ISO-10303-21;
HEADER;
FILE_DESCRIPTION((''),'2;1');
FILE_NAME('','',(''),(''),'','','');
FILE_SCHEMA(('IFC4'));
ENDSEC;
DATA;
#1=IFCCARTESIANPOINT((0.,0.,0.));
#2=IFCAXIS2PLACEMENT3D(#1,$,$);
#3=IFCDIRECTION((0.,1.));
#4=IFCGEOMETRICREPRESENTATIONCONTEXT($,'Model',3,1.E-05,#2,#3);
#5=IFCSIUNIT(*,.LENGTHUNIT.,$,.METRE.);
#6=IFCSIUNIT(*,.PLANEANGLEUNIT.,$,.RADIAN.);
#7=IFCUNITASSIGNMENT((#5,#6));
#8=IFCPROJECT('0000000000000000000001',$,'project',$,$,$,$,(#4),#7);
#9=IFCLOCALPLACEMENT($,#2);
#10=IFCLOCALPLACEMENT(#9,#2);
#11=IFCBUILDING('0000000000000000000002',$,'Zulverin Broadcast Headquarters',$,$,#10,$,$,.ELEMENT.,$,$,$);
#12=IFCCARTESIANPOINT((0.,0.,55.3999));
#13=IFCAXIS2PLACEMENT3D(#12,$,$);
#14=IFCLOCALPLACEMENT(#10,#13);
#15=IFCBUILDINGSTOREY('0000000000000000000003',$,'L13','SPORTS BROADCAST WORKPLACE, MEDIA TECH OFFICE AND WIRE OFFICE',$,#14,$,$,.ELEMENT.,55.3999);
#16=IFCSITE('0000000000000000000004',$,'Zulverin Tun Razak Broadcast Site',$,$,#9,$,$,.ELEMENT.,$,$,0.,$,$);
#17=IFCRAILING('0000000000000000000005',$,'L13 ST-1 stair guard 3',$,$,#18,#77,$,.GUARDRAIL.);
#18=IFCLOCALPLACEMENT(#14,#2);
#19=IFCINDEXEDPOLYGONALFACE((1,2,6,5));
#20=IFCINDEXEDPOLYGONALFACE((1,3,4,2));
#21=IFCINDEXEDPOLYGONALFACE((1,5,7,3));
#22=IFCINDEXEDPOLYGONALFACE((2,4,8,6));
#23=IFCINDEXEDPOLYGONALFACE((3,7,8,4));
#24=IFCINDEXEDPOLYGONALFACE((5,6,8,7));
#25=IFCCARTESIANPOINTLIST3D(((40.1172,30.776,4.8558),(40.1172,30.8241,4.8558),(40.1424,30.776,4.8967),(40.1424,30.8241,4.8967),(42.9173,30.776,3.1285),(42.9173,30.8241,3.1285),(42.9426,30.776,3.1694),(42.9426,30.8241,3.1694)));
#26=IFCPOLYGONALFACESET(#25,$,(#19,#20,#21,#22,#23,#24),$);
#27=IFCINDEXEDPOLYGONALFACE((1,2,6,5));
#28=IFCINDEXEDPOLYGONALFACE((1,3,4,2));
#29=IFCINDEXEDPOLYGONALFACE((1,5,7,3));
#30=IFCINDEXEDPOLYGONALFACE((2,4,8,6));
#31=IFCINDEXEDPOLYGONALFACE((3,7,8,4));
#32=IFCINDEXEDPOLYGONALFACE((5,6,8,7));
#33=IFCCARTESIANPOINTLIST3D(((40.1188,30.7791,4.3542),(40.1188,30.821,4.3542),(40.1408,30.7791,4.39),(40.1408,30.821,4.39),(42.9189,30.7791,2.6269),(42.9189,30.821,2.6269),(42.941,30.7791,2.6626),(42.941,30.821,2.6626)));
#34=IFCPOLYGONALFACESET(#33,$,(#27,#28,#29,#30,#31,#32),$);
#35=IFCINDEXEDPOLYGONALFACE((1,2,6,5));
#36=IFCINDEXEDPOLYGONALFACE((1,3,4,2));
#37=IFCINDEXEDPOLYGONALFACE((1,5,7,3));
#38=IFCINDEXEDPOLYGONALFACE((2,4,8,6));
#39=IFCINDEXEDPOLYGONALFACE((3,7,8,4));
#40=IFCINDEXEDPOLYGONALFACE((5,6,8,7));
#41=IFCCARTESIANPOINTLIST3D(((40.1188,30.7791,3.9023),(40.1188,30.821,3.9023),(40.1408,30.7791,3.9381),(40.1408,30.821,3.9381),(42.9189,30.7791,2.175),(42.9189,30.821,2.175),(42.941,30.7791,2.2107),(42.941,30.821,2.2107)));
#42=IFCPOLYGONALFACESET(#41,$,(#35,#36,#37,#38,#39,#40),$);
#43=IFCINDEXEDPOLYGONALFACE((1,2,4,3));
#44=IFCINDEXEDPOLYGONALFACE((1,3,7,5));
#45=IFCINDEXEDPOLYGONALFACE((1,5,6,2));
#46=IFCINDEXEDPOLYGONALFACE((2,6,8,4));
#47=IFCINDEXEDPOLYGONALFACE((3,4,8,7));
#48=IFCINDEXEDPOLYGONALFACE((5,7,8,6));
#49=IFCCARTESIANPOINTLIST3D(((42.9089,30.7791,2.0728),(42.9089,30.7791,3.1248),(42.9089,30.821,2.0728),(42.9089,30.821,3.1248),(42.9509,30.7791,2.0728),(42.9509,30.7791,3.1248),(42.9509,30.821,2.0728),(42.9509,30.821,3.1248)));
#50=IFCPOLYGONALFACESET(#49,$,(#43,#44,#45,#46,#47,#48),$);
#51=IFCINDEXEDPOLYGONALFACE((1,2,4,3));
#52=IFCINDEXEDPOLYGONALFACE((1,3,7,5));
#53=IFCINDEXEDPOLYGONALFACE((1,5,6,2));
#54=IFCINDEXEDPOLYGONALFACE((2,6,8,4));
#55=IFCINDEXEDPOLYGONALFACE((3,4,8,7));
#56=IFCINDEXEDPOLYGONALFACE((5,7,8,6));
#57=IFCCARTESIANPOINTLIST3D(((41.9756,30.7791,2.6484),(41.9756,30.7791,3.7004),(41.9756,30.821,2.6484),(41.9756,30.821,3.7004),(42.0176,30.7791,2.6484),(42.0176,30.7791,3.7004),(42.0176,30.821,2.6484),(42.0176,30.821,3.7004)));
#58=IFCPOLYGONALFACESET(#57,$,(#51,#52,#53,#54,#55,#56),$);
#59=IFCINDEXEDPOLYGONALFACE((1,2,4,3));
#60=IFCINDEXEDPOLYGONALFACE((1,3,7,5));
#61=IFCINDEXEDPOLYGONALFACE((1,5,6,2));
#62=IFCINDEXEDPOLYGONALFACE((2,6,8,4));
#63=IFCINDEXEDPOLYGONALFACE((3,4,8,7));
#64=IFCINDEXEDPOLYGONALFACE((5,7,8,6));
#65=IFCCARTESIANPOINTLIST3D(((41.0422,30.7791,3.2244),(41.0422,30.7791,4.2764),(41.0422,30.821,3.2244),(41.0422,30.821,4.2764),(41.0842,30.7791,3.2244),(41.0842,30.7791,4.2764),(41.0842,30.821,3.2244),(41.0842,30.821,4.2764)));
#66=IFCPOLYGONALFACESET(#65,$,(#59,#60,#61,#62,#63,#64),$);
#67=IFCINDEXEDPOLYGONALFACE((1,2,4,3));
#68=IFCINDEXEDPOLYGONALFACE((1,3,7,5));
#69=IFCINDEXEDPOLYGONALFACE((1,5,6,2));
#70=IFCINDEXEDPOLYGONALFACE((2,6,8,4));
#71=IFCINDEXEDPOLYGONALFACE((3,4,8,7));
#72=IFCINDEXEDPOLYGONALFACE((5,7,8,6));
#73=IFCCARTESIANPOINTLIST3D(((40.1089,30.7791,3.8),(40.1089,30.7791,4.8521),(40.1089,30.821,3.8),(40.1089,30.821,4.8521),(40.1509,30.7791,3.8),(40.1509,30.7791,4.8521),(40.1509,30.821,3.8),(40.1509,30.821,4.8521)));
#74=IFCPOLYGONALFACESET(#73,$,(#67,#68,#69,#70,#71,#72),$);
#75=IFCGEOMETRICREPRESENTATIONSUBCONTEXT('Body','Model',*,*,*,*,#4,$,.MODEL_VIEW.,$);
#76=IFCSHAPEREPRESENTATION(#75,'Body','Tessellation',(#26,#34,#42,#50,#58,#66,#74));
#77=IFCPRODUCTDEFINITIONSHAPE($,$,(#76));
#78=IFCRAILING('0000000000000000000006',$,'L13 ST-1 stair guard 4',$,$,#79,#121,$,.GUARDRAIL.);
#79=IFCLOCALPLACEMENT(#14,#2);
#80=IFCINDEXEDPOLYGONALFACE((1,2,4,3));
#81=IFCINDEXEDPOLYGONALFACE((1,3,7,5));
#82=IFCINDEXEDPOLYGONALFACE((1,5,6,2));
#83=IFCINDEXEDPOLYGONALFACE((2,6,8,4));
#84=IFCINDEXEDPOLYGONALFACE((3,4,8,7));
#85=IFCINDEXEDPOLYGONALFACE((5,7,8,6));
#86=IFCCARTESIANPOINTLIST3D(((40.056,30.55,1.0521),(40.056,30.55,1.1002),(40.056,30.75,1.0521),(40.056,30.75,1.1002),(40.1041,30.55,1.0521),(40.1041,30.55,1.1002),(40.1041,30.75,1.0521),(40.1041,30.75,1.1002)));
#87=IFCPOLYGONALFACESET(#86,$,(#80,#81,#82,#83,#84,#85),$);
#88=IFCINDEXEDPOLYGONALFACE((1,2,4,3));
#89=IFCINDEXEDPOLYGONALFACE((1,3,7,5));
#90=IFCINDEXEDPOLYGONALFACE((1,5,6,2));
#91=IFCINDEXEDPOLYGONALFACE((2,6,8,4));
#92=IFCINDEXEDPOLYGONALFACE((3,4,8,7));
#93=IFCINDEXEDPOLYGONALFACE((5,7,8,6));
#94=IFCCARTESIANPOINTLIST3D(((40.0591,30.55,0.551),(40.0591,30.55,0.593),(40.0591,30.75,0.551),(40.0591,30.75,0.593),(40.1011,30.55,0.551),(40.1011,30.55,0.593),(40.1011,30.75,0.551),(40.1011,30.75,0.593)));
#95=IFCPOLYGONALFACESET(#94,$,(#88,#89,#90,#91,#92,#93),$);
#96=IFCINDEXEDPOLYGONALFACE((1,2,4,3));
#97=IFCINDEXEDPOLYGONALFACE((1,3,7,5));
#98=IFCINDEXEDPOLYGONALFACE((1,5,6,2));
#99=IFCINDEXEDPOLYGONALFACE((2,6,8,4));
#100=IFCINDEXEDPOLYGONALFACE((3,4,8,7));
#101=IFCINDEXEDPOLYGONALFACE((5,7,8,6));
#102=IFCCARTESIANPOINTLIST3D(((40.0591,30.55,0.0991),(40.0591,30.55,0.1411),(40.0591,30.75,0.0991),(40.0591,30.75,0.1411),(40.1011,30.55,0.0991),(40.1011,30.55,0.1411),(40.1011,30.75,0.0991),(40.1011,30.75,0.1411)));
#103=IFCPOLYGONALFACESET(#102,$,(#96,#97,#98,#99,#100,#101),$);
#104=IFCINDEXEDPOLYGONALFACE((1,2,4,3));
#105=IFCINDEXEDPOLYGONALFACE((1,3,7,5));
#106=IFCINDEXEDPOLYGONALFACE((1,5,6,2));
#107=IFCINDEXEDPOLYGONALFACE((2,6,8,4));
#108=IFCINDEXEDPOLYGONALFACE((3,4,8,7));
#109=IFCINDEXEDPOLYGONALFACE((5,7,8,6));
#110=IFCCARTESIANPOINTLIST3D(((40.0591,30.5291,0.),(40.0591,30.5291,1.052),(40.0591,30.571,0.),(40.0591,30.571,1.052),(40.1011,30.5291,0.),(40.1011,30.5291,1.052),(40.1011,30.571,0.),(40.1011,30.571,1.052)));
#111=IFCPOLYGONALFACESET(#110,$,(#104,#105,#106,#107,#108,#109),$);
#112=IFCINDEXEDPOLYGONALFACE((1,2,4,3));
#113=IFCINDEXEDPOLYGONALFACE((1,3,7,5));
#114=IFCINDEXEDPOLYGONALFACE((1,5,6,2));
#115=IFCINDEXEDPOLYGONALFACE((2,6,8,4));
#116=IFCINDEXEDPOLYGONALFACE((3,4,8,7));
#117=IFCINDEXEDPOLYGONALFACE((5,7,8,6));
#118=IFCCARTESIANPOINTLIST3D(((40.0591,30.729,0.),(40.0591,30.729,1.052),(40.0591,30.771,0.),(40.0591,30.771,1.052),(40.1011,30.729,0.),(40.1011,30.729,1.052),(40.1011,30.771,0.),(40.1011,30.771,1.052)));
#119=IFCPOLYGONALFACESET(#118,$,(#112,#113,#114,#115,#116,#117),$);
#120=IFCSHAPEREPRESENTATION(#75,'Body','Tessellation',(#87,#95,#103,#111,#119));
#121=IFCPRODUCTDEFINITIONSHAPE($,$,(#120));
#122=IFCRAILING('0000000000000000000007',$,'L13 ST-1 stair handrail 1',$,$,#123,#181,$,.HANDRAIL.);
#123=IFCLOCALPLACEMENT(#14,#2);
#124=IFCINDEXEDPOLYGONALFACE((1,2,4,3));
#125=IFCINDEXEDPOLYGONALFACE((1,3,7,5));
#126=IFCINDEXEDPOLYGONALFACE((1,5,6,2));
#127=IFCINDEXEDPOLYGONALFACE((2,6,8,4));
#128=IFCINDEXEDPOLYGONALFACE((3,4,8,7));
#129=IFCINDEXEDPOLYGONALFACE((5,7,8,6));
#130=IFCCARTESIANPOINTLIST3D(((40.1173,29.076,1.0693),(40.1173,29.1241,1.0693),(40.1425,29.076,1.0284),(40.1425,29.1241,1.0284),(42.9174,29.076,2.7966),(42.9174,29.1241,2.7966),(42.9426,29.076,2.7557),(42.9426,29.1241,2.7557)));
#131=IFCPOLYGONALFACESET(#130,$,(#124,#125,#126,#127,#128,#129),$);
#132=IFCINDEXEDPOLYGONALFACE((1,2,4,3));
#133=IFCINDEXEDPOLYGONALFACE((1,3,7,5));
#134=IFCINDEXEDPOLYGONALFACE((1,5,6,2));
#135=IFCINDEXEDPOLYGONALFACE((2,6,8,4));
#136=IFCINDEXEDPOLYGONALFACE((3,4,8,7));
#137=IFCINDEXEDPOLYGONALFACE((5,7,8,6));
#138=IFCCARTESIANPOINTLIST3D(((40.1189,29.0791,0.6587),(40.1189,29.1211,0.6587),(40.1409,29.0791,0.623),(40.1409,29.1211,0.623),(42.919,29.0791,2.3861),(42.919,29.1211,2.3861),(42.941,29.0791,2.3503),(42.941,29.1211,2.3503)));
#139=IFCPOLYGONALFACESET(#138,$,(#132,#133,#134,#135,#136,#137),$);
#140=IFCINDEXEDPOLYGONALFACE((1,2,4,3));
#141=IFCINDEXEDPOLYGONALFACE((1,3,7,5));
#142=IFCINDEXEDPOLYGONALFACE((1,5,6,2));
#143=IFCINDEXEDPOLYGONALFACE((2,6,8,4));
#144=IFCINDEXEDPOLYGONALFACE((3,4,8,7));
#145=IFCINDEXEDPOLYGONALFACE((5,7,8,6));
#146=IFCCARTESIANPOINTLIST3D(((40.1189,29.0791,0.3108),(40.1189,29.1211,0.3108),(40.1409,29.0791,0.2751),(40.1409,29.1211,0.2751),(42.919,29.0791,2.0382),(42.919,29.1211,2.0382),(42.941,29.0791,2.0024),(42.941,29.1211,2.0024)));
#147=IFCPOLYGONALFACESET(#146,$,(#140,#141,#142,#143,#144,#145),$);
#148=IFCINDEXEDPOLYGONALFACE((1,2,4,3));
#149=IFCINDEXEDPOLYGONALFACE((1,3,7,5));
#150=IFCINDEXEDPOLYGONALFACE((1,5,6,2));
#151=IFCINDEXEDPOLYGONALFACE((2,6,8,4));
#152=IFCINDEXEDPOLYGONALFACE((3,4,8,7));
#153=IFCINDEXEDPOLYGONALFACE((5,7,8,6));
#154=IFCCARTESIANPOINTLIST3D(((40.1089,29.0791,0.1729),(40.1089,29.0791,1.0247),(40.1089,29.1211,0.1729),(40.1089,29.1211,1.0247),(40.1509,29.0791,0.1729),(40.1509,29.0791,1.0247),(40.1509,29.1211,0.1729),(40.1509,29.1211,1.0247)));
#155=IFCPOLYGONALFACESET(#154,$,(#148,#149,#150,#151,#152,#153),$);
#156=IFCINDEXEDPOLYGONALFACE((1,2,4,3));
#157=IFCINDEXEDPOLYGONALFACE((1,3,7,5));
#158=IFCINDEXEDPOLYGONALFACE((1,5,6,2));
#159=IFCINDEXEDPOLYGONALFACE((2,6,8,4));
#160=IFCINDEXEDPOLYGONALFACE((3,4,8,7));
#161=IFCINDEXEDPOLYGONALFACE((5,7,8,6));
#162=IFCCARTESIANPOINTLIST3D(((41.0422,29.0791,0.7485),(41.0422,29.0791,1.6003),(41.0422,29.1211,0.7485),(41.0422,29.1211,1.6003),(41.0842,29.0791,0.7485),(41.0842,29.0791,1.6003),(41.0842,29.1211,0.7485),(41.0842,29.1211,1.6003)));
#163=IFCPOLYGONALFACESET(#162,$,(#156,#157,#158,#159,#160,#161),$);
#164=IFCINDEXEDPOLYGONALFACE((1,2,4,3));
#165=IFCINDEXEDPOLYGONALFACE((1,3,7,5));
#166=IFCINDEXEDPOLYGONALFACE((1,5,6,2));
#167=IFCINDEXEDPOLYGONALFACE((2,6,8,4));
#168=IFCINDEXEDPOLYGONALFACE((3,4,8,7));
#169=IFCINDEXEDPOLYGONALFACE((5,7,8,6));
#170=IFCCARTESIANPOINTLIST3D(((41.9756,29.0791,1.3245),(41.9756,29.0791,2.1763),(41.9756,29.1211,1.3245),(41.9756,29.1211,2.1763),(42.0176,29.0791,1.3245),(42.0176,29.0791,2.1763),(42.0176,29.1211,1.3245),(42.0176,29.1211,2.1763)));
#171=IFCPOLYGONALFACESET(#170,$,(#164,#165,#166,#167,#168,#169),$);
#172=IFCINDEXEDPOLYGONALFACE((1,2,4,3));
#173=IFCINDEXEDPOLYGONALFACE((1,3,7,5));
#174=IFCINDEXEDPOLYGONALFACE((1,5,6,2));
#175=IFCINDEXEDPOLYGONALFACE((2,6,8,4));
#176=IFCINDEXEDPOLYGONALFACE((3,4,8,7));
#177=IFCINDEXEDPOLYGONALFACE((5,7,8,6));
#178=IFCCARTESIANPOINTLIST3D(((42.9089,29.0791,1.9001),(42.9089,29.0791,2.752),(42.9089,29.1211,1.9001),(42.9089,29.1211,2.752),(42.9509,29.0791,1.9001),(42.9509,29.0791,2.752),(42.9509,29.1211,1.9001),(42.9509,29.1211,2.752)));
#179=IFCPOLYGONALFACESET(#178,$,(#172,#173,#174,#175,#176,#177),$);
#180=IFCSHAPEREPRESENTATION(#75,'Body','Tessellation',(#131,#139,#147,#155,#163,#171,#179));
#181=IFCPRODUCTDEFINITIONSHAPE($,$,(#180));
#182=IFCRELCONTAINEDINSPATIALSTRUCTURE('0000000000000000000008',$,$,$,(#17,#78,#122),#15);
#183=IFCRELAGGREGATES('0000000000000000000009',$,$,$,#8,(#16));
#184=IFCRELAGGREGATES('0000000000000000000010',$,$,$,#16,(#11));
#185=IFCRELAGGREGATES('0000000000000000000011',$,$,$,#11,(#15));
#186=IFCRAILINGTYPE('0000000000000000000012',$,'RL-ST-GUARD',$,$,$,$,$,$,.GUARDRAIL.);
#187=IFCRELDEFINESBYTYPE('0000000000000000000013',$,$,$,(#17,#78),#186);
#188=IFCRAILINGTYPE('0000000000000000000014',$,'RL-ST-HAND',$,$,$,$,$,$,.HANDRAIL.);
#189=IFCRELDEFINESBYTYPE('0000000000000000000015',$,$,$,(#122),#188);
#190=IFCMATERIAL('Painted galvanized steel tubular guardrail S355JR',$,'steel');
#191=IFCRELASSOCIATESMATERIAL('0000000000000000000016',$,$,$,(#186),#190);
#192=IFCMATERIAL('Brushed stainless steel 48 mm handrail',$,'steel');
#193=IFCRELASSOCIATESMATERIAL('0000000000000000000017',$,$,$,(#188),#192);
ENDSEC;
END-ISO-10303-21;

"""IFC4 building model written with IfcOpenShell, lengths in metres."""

from ifc_helpers import new_model, si_unit, direction, frame, origin, origin_2d, place, context, subcontext, project, spatial, rectangle, extrude, material, type_object, element, save


model = new_model("IFC4")

# Units and contexts
model_context = context("Model", 3, precision=1e-05, world=origin(), true_north=direction((0.0, 1.0)))
body_context = subcontext(model_context, "Body", "Model", "MODEL_VIEW")
ifc_project = project(units=[si_unit("LENGTHUNIT", "METRE"), si_unit("PLANEANGLEUNIT", "RADIAN")], contexts=[model_context])

# Site, building, storey
site_placement = place(None, origin())
site = spatial("IfcSite", under=ifc_project, at=site_placement, Name="Zulverin Tun Razak Broadcast Site", CompositionType="ELEMENT", RefElevation=0.0)
building_placement = place(site_placement, origin())
building = spatial("IfcBuilding", under=site, at=building_placement, Name="Zulverin Broadcast Headquarters", CompositionType="ELEMENT")
storey_placement = place(building_placement, frame((0.0, 0.0, 55.3999)))
storey = spatial("IfcBuildingStorey", under=building, at=storey_placement, Name="L13", Description="SPORTS BROADCAST WORKPLACE, MEDIA TECH OFFICE AND WIRE OFFICE", CompositionType="ELEMENT", Elevation=55.3999)

# Railings
ifc_material_1 = material(Name="Painted galvanized steel tubular guardrail S355JR", Category="steel")
railing_type_1 = type_object("IfcRailingType", Name="RL-ST-GUARD", PredefinedType="GUARDRAIL", material=ifc_material_1)
railing_1_placement = place(storey_placement, frame((42.9299, 30.8, 2.0728)))
element("IfcRailing", 1, at=railing_1_placement, inside=storey, type_object=railing_type_1, Name="L13 ST-1 stair guard 3", PredefinedType="GUARDRAIL", context=body_context, shape_type="SweptSolid", body=[
    extrude(rectangle(XDim=0.0481, YDim=0.0481, at=origin_2d()), frame((0.0, 0.0, 1.0762), z_axis=(-0.85109, 0.0, 0.52502), x_axis=(0.0, -1.0, 0.0)), (0.0, 0.0, 1.0), 3.29),
    extrude(rectangle(XDim=0.042, YDim=0.042, at=origin_2d()), frame((0.0, 0.0, 0.572), z_axis=(-0.85109, 0.0, 0.52502), x_axis=(0.0, -1.0, 0.0)), (0.0, 0.0, 1.0), 3.29),
    extrude(rectangle(XDim=0.042, YDim=0.042, at=origin_2d()), frame((0.0, 0.0, 0.1201), z_axis=(-0.85109, 0.0, 0.52502), x_axis=(0.0, -1.0, 0.0)), (0.0, 0.0, 1.0), 3.29),
    extrude(rectangle(XDim=0.042, YDim=0.042, at=origin_2d()), origin(), (0.0, 0.0, 1.0), 1.052),
    extrude(rectangle(XDim=0.042, YDim=0.042, at=origin_2d()), frame((-0.9333, 0.0, 0.5757)), (0.0, 0.0, 1.0), 1.052),
    extrude(rectangle(XDim=0.042, YDim=0.042, at=origin_2d()), frame((-1.8667, 0.0, 1.1516)), (0.0, 0.0, 1.0), 1.052),
    extrude(rectangle(XDim=0.042, YDim=0.042, at=origin_2d()), frame((-2.8, 0.0, 1.7273)), (0.0, 0.0, 1.0), 1.052),
])
railing_2_placement = place(storey_placement, frame((40.0801, 30.55, 0.0)))
element("IfcRailing", 2, at=railing_2_placement, inside=storey, type_object=railing_type_1, Name="L13 ST-1 stair guard 4", PredefinedType="GUARDRAIL", context=body_context, shape_type="SweptSolid", body=[
    extrude(rectangle(XDim=0.0481, YDim=0.0481, at=origin_2d()), frame((0.0, 0.0, 1.0762), z_axis=(0.0, 1.0, 0.0), x_axis=(-1.0, 0.0, 0.0)), (0.0, 0.0, 1.0), 0.2),
    extrude(rectangle(XDim=0.042, YDim=0.042, at=origin_2d()), frame((0.0, 0.0, 0.572), z_axis=(0.0, 1.0, 0.0), x_axis=(-1.0, 0.0, 0.0)), (0.0, 0.0, 1.0), 0.2),
    extrude(rectangle(XDim=0.042, YDim=0.042, at=origin_2d()), frame((0.0, 0.0, 0.1201), z_axis=(0.0, 1.0, 0.0), x_axis=(-1.0, 0.0, 0.0)), (0.0, 0.0, 1.0), 0.2),
    extrude(rectangle(XDim=0.042, YDim=0.042, at=origin_2d()), origin(), (0.0, 0.0, 1.0), 1.052),
    extrude(rectangle(XDim=0.042, YDim=0.042, at=origin_2d()), frame((0.0, 0.2, 0.0)), (0.0, 0.0, 1.0), 1.052),
])
ifc_material_2 = material(Name="Brushed stainless steel 48 mm handrail", Category="steel")
railing_type_2 = type_object("IfcRailingType", Name="RL-ST-HAND", PredefinedType="HANDRAIL", material=ifc_material_2)
railing_3_placement = place(storey_placement, frame((40.1299, 29.1001, 0.1729)))
element("IfcRailing", 3, at=railing_3_placement, inside=storey, type_object=railing_type_2, Name="L13 ST-1 stair handrail 1", PredefinedType="HANDRAIL", context=body_context, shape_type="SweptSolid", body=[
    extrude(rectangle(XDim=0.0481, YDim=0.0481, at=origin_2d()), frame((0.0, 0.0, 0.876), z_axis=(0.85109, 0.0, 0.52502), x_axis=(0.0, 1.0, 0.0)), (0.0, 0.0, 1.0), 3.29),
    extrude(rectangle(XDim=0.042, YDim=0.042, at=origin_2d()), frame((0.0, 0.0, 0.468), z_axis=(0.85109, 0.0, 0.52502), x_axis=(0.0, 1.0, 0.0)), (0.0, 0.0, 1.0), 3.29),
    extrude(rectangle(XDim=0.042, YDim=0.042, at=origin_2d()), frame((0.0, 0.0, 0.1201), z_axis=(0.85109, 0.0, 0.52502), x_axis=(0.0, 1.0, 0.0)), (0.0, 0.0, 1.0), 3.29),
    extrude(rectangle(XDim=0.042, YDim=0.042, at=origin_2d()), origin(), (0.0, 0.0, 1.0), 0.8518),
    extrude(rectangle(XDim=0.042, YDim=0.042, at=origin_2d()), frame((0.9333, 0.0, 0.5757)), (0.0, 0.0, 1.0), 0.8518),
    extrude(rectangle(XDim=0.042, YDim=0.042, at=origin_2d()), frame((1.8667, 0.0, 1.1516)), (0.0, 0.0, 1.0), 0.8518),
    extrude(rectangle(XDim=0.042, YDim=0.042, at=origin_2d()), frame((2.8, 0.0, 1.7273)), (0.0, 0.0, 1.0), 0.8518),
])

save(model, "model.ifc")
